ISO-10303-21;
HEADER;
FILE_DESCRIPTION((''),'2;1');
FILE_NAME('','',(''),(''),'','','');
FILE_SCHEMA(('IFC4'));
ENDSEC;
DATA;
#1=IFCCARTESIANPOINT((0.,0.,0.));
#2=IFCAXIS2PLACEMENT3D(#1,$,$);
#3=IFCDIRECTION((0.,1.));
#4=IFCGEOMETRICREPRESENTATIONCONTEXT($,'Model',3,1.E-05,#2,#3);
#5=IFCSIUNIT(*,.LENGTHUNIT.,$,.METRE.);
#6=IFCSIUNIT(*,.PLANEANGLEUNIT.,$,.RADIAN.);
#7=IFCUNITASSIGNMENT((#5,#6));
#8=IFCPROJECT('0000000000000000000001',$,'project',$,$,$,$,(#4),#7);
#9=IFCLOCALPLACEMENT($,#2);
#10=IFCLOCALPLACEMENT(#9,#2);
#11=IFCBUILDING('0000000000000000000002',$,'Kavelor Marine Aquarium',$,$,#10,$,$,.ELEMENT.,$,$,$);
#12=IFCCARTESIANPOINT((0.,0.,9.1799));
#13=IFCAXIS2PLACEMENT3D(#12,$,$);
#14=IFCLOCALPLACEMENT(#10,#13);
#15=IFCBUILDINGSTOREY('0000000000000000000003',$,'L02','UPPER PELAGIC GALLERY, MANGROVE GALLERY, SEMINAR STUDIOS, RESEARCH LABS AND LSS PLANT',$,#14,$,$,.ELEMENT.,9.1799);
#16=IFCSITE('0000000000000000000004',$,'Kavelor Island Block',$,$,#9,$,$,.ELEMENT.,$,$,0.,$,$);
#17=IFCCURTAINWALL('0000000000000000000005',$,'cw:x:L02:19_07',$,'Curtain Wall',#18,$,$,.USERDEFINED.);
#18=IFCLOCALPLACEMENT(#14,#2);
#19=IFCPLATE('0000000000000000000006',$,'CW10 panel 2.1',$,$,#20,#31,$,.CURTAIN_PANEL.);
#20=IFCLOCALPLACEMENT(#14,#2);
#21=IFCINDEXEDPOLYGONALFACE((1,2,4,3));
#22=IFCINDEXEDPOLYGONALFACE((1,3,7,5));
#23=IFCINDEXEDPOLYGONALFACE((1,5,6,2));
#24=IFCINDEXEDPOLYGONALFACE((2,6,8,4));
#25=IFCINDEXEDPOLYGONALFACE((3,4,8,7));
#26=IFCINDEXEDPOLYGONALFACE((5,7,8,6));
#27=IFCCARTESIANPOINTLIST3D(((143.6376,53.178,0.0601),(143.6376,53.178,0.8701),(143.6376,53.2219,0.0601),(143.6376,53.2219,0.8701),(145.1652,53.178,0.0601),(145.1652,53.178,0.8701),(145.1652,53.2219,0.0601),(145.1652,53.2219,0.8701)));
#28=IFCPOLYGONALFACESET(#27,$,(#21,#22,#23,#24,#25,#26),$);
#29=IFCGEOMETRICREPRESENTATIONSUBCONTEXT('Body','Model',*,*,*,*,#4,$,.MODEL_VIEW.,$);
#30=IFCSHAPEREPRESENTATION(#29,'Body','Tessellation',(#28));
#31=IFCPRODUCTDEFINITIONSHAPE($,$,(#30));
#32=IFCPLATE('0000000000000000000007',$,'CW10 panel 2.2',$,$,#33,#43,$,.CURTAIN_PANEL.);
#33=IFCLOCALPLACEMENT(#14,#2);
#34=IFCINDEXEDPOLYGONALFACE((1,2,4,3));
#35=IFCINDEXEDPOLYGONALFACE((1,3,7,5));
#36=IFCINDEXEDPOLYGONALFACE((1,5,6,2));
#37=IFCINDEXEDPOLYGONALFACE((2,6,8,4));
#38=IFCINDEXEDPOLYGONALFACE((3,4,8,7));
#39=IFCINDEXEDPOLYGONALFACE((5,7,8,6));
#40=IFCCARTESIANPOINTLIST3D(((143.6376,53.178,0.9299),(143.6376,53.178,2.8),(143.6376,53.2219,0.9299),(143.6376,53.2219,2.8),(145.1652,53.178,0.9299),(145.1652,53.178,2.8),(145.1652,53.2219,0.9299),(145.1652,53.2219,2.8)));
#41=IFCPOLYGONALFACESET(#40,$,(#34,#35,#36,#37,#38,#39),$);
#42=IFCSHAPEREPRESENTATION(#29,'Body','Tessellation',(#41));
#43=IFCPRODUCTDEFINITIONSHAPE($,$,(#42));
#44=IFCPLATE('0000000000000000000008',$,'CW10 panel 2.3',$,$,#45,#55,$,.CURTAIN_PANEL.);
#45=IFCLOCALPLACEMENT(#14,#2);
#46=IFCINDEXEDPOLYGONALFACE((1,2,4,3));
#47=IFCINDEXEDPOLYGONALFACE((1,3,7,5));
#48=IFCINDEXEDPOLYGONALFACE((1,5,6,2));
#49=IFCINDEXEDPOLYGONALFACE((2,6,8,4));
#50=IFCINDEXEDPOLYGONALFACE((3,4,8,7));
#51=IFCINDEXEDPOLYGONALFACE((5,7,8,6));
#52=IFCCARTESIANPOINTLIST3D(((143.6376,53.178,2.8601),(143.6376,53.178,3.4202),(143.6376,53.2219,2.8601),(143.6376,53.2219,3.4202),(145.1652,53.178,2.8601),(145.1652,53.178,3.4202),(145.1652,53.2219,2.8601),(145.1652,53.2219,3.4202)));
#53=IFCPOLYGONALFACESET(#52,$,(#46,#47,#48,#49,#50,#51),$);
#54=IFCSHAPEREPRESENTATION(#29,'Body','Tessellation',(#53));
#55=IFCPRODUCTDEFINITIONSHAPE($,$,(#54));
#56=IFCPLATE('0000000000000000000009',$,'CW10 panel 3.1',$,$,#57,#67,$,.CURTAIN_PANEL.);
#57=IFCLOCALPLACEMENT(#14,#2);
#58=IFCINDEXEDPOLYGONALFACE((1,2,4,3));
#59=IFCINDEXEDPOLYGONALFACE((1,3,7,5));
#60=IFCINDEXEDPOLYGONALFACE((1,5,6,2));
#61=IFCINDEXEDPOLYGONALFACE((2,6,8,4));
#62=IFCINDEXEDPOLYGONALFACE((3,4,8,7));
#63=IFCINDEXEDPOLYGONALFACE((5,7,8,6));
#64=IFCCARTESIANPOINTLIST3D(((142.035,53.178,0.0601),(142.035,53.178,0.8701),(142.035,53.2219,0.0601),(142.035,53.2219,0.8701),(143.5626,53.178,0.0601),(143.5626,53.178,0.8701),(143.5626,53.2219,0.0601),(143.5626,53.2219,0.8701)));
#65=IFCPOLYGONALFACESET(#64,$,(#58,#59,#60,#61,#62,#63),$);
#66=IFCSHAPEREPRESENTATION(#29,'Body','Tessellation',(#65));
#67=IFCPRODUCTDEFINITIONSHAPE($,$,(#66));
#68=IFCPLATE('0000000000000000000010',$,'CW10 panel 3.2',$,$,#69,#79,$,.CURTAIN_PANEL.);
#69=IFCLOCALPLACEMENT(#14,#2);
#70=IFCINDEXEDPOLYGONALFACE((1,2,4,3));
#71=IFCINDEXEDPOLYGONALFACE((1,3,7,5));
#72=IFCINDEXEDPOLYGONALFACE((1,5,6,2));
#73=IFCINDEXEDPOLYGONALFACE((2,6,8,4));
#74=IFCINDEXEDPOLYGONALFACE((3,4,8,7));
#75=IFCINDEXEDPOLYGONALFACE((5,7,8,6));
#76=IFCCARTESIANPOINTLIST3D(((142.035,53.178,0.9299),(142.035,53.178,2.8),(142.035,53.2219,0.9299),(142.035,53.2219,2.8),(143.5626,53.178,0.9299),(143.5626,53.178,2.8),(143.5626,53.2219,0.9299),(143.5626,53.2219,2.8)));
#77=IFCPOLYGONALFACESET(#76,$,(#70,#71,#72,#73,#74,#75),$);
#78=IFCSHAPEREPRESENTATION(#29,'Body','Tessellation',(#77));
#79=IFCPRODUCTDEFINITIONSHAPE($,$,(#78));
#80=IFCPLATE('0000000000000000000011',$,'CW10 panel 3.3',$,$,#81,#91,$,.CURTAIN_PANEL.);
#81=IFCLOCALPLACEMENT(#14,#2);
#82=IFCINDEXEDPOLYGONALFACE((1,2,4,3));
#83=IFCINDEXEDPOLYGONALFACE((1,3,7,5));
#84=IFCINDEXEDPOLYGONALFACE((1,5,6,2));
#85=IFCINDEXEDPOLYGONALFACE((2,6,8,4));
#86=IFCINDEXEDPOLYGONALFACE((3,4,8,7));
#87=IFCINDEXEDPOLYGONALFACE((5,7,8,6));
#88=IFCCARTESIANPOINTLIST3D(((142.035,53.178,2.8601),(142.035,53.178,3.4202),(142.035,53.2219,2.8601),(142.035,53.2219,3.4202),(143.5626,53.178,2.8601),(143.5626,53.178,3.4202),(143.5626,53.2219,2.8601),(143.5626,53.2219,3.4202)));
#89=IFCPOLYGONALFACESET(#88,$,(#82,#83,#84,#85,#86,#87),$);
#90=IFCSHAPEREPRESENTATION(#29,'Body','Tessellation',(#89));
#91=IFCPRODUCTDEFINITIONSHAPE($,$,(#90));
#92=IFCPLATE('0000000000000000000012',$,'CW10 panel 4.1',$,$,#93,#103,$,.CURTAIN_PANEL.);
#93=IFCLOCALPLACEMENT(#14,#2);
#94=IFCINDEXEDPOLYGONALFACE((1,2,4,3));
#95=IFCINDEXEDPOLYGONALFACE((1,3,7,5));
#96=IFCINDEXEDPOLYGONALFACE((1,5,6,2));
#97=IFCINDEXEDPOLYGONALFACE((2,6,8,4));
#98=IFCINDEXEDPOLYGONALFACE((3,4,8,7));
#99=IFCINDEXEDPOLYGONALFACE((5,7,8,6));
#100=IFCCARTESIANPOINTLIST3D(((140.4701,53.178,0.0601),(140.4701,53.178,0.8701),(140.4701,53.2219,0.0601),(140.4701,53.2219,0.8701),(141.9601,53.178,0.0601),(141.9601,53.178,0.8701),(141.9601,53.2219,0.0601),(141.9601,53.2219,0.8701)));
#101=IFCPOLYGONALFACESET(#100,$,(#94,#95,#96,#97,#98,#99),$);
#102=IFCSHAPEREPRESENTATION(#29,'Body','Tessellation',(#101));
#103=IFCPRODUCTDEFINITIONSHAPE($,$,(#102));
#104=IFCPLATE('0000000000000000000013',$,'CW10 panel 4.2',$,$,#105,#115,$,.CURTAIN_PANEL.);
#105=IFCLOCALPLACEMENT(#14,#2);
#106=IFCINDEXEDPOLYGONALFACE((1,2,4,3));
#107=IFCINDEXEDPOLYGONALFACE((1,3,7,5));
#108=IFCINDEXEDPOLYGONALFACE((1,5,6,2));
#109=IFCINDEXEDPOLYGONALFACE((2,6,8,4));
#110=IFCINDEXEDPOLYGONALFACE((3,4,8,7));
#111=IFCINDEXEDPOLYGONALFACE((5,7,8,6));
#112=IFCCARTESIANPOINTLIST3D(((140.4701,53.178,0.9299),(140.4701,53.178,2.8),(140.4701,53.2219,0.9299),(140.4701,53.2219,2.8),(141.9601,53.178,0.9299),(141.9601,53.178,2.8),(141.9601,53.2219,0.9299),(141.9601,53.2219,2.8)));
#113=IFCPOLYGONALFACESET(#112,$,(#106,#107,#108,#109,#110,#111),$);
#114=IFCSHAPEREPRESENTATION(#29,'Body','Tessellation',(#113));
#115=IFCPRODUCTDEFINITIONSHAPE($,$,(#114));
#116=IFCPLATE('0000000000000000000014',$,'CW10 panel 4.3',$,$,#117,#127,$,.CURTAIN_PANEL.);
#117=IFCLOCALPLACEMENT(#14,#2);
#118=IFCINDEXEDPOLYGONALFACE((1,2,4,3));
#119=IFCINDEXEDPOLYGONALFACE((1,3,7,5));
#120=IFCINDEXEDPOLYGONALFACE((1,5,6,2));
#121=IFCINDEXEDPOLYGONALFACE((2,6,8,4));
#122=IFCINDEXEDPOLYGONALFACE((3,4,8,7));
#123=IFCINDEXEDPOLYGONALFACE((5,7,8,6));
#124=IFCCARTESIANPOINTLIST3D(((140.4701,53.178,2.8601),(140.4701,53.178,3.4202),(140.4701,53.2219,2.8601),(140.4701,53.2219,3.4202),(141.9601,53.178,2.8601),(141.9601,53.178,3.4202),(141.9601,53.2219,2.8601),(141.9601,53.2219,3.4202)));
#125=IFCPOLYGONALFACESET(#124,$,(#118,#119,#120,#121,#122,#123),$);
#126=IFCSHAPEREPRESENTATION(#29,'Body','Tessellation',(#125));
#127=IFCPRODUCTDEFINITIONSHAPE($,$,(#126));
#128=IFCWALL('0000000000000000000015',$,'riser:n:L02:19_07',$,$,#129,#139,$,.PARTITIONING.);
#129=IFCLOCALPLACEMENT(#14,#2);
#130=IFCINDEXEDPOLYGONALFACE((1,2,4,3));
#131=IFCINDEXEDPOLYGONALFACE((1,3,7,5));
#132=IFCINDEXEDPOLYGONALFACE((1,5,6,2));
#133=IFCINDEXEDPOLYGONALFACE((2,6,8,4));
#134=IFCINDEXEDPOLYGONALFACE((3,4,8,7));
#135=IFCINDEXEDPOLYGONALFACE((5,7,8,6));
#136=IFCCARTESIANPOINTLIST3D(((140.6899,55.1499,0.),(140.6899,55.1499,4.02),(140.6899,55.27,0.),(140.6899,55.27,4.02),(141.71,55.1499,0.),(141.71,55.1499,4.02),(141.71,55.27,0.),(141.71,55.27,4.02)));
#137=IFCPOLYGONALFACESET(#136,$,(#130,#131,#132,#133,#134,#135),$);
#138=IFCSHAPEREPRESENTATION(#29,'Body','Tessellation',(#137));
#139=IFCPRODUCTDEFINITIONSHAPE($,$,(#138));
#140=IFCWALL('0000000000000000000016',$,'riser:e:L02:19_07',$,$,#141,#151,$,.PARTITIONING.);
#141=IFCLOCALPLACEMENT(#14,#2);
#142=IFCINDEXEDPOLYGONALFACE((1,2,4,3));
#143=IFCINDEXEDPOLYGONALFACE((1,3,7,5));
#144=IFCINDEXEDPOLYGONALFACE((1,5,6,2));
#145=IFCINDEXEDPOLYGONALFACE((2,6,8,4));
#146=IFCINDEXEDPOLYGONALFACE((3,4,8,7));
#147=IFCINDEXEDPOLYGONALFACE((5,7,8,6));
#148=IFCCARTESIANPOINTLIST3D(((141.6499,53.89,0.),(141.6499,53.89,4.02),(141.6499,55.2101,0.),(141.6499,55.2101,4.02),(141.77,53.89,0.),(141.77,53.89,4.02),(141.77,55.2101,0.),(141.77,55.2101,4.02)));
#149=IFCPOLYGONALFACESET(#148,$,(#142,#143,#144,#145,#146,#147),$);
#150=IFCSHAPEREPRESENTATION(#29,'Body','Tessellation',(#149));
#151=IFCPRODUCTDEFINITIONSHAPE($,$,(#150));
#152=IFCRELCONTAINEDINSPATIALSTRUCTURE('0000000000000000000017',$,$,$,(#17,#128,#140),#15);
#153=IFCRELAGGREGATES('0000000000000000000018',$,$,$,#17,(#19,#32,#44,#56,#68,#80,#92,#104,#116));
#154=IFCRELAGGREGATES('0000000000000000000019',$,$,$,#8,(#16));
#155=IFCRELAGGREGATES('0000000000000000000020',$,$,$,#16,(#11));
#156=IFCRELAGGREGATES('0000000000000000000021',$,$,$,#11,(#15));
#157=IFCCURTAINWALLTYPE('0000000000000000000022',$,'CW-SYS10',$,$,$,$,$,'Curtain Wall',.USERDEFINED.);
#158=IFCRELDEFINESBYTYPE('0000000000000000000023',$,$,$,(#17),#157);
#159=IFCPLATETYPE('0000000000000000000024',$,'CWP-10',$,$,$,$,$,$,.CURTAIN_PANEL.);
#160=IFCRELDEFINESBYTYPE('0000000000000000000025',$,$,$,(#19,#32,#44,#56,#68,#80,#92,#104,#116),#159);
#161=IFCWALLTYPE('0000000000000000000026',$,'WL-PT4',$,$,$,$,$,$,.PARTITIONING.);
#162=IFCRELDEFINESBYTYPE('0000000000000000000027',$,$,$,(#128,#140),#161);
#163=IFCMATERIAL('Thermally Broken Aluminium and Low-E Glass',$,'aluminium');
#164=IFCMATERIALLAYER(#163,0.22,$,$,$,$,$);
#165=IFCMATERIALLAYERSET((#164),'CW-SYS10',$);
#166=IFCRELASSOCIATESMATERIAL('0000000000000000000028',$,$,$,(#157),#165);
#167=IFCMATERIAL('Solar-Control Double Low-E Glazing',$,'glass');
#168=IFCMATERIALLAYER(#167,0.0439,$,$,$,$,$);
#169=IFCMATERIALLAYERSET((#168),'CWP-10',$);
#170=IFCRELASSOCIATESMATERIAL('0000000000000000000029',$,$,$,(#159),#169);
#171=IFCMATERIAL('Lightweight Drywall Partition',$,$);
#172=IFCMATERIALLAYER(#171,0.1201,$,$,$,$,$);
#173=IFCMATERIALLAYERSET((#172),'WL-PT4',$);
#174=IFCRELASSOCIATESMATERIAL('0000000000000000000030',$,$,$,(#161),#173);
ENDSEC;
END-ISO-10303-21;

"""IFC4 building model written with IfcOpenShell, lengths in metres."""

from ifc_helpers import new_model, si_unit, direction, frame, frame_2d, origin, origin_2d, place, context, subcontext, project, spatial, rectangle, extrude, material, layer, layer_set, type_object, element, aggregate, save


model = new_model("IFC4")

# Units and contexts
model_context = context("Model", 3, precision=1e-05, world=origin(), true_north=direction((0.0, 1.0)))
body_context = subcontext(model_context, "Body", "Model", "MODEL_VIEW")
ifc_project = project(units=[si_unit("LENGTHUNIT", "METRE"), si_unit("PLANEANGLEUNIT", "RADIAN")], contexts=[model_context])

# Site, building, storey
site_placement = place(None, origin())
site = spatial("IfcSite", under=ifc_project, at=site_placement, Name="Kavelor Island Block", CompositionType="ELEMENT", RefElevation=0.0)
building_placement = place(site_placement, origin())
building = spatial("IfcBuilding", under=site, at=building_placement, Name="Kavelor Marine Aquarium", CompositionType="ELEMENT")
storey_placement = place(building_placement, frame((0.0, 0.0, 9.1799)))
storey = spatial("IfcBuildingStorey", under=building, at=storey_placement, Name="L02", Description="UPPER PELAGIC GALLERY, MANGROVE GALLERY, SEMINAR STUDIOS, RESEARCH LABS AND LSS PLANT", CompositionType="ELEMENT", Elevation=9.1799)

# Curtain wall, plates
ifc_material_1 = material(Name="Thermally Broken Aluminium and Low-E Glass", Category="aluminium")
ifc_layer_1 = layer(ifc_material_1, 0.22)
ifc_layer_set_1 = layer_set([ifc_layer_1], Name="CW-SYS10")
curtain_wall_type = type_object("IfcCurtainWallType", Name="CW-SYS10", ElementType="Curtain Wall", PredefinedType="USERDEFINED", material=ifc_layer_set_1)
curtain_wall_placement = place(storey_placement, origin())
curtain_wall = element("IfcCurtainWall", 1, at=curtain_wall_placement, inside=storey, type_object=curtain_wall_type, Name="cw:x:L02:19_07", ObjectType="Curtain Wall", PredefinedType="USERDEFINED")
ifc_material_2 = material(Name="Solar-Control Double Low-E Glazing", Category="glass")
ifc_layer_2 = layer(ifc_material_2, 0.0439)
ifc_layer_set_2 = layer_set([ifc_layer_2], Name="CWP-10")
plate_type = type_object("IfcPlateType", Name="CWP-10", PredefinedType="CURTAIN_PANEL", material=ifc_layer_set_2)
plate_1_placement = place(storey_placement, frame((144.4014, 53.2, 0.0601), z_axis=(0.0, 0.0, 1.0), x_axis=(-1.0, 0.0, 0.0)))
plate_1 = element("IfcPlate", 2, at=plate_1_placement, type_object=plate_type, Name="CW10 panel 2.1", PredefinedType="CURTAIN_PANEL", context=body_context, shape_type="SweptSolid", body=[
    extrude(rectangle(XDim=1.5276, YDim=0.0439, at=origin_2d()), origin(), (0.0, 0.0, 1.0), 0.8101),
])
plate_2_placement = place(storey_placement, frame((144.4014, 53.2, 0.9299), z_axis=(0.0, 0.0, 1.0), x_axis=(-1.0, 0.0, 0.0)))
plate_2 = element("IfcPlate", 3, at=plate_2_placement, type_object=plate_type, Name="CW10 panel 2.2", PredefinedType="CURTAIN_PANEL", context=body_context, shape_type="SweptSolid", body=[
    extrude(rectangle(XDim=1.5276, YDim=0.0439, at=origin_2d()), origin(), (0.0, 0.0, 1.0), 1.8701),
])
plate_3_placement = place(storey_placement, frame((144.4014, 53.2, 2.8601), z_axis=(0.0, 0.0, 1.0), x_axis=(-1.0, 0.0, 0.0)))
plate_3 = element("IfcPlate", 4, at=plate_3_placement, type_object=plate_type, Name="CW10 panel 2.3", PredefinedType="CURTAIN_PANEL", context=body_context, shape_type="SweptSolid", body=[
    extrude(rectangle(XDim=1.5276, YDim=0.0439, at=origin_2d()), origin(), (0.0, 0.0, 1.0), 0.5601),
])
plate_4_placement = place(storey_placement, frame((142.7988, 53.2, 0.0601), z_axis=(0.0, 0.0, 1.0), x_axis=(-1.0, 0.0, 0.0)))
plate_4 = element("IfcPlate", 5, at=plate_4_placement, type_object=plate_type, Name="CW10 panel 3.1", PredefinedType="CURTAIN_PANEL", context=body_context, shape_type="SweptSolid", body=[
    extrude(rectangle(XDim=1.5276, YDim=0.0439, at=origin_2d()), origin(), (0.0, 0.0, 1.0), 0.8101),
])
plate_5_placement = place(storey_placement, frame((142.7988, 53.2, 0.9299), z_axis=(0.0, 0.0, 1.0), x_axis=(-1.0, 0.0, 0.0)))
plate_5 = element("IfcPlate", 6, at=plate_5_placement, type_object=plate_type, Name="CW10 panel 3.2", PredefinedType="CURTAIN_PANEL", context=body_context, shape_type="SweptSolid", body=[
    extrude(rectangle(XDim=1.5276, YDim=0.0439, at=origin_2d()), origin(), (0.0, 0.0, 1.0), 1.8701),
])
plate_6_placement = place(storey_placement, frame((142.7988, 53.2, 2.8601), z_axis=(0.0, 0.0, 1.0), x_axis=(-1.0, 0.0, 0.0)))
plate_6 = element("IfcPlate", 7, at=plate_6_placement, type_object=plate_type, Name="CW10 panel 3.3", PredefinedType="CURTAIN_PANEL", context=body_context, shape_type="SweptSolid", body=[
    extrude(rectangle(XDim=1.5276, YDim=0.0439, at=origin_2d()), origin(), (0.0, 0.0, 1.0), 0.5601),
])
plate_7_placement = place(storey_placement, frame((141.2151, 53.2, 0.0601), z_axis=(0.0, 0.0, 1.0), x_axis=(-1.0, 0.0, 0.0)))
plate_7 = element("IfcPlate", 8, at=plate_7_placement, type_object=plate_type, Name="CW10 panel 4.1", PredefinedType="CURTAIN_PANEL", context=body_context, shape_type="SweptSolid", body=[
    extrude(rectangle(XDim=1.49, YDim=0.0439, at=origin_2d()), origin(), (0.0, 0.0, 1.0), 0.8101),
])
plate_8_placement = place(storey_placement, frame((141.2151, 53.2, 0.9299), z_axis=(0.0, 0.0, 1.0), x_axis=(-1.0, 0.0, 0.0)))
plate_8 = element("IfcPlate", 9, at=plate_8_placement, type_object=plate_type, Name="CW10 panel 4.2", PredefinedType="CURTAIN_PANEL", context=body_context, shape_type="SweptSolid", body=[
    extrude(rectangle(XDim=1.49, YDim=0.0439, at=origin_2d()), origin(), (0.0, 0.0, 1.0), 1.8701),
])
plate_9_placement = place(storey_placement, frame((141.2151, 53.2, 2.8601), z_axis=(0.0, 0.0, 1.0), x_axis=(-1.0, 0.0, 0.0)))
plate_9 = element("IfcPlate", 10, at=plate_9_placement, type_object=plate_type, Name="CW10 panel 4.3", PredefinedType="CURTAIN_PANEL", context=body_context, shape_type="SweptSolid", body=[
    extrude(rectangle(XDim=1.49, YDim=0.0439, at=origin_2d()), origin(), (0.0, 0.0, 1.0), 0.5601),
])
aggregate(curtain_wall, [plate_1, plate_2, plate_3, plate_4, plate_5, plate_6, plate_7, plate_8, plate_9])

# Walls
ifc_material_3 = material(Name="Lightweight Drywall Partition")
ifc_layer_3 = layer(ifc_material_3, 0.1201)
ifc_layer_set_3 = layer_set([ifc_layer_3], Name="WL-PT4")
wall_type = type_object("IfcWallType", Name="WL-PT4", PredefinedType="PARTITIONING", material=ifc_layer_set_3)
wall_1_placement = place(storey_placement, frame((140.6899, 55.21, 0.0), z_axis=(0.0, 0.0, 1.0), x_axis=(1.0, 0.0, 0.0)))
element("IfcWall", 11, at=wall_1_placement, inside=storey, type_object=wall_type, Name="riser:n:L02:19_07", PredefinedType="PARTITIONING", context=body_context, shape_type="SweptSolid", body=[
    extrude(rectangle(XDim=1.02, YDim=0.1201, at=frame_2d((0.51, 0.0))), origin(), (0.0, 0.0, 1.0), 4.02),
])
wall_2_placement = place(storey_placement, frame((141.71, 53.8899, 0.0), z_axis=(0.0, 0.0, 1.0), x_axis=(0.0, 1.0, 0.0)))
element("IfcWall", 12, at=wall_2_placement, inside=storey, type_object=wall_type, Name="riser:e:L02:19_07", PredefinedType="PARTITIONING", context=body_context, shape_type="SweptSolid", body=[
    extrude(rectangle(XDim=1.3201, YDim=0.1201, at=frame_2d((0.6602, 0.0))), origin(), (0.0, 0.0, 1.0), 4.02),
])

save(model, "model.ifc")
